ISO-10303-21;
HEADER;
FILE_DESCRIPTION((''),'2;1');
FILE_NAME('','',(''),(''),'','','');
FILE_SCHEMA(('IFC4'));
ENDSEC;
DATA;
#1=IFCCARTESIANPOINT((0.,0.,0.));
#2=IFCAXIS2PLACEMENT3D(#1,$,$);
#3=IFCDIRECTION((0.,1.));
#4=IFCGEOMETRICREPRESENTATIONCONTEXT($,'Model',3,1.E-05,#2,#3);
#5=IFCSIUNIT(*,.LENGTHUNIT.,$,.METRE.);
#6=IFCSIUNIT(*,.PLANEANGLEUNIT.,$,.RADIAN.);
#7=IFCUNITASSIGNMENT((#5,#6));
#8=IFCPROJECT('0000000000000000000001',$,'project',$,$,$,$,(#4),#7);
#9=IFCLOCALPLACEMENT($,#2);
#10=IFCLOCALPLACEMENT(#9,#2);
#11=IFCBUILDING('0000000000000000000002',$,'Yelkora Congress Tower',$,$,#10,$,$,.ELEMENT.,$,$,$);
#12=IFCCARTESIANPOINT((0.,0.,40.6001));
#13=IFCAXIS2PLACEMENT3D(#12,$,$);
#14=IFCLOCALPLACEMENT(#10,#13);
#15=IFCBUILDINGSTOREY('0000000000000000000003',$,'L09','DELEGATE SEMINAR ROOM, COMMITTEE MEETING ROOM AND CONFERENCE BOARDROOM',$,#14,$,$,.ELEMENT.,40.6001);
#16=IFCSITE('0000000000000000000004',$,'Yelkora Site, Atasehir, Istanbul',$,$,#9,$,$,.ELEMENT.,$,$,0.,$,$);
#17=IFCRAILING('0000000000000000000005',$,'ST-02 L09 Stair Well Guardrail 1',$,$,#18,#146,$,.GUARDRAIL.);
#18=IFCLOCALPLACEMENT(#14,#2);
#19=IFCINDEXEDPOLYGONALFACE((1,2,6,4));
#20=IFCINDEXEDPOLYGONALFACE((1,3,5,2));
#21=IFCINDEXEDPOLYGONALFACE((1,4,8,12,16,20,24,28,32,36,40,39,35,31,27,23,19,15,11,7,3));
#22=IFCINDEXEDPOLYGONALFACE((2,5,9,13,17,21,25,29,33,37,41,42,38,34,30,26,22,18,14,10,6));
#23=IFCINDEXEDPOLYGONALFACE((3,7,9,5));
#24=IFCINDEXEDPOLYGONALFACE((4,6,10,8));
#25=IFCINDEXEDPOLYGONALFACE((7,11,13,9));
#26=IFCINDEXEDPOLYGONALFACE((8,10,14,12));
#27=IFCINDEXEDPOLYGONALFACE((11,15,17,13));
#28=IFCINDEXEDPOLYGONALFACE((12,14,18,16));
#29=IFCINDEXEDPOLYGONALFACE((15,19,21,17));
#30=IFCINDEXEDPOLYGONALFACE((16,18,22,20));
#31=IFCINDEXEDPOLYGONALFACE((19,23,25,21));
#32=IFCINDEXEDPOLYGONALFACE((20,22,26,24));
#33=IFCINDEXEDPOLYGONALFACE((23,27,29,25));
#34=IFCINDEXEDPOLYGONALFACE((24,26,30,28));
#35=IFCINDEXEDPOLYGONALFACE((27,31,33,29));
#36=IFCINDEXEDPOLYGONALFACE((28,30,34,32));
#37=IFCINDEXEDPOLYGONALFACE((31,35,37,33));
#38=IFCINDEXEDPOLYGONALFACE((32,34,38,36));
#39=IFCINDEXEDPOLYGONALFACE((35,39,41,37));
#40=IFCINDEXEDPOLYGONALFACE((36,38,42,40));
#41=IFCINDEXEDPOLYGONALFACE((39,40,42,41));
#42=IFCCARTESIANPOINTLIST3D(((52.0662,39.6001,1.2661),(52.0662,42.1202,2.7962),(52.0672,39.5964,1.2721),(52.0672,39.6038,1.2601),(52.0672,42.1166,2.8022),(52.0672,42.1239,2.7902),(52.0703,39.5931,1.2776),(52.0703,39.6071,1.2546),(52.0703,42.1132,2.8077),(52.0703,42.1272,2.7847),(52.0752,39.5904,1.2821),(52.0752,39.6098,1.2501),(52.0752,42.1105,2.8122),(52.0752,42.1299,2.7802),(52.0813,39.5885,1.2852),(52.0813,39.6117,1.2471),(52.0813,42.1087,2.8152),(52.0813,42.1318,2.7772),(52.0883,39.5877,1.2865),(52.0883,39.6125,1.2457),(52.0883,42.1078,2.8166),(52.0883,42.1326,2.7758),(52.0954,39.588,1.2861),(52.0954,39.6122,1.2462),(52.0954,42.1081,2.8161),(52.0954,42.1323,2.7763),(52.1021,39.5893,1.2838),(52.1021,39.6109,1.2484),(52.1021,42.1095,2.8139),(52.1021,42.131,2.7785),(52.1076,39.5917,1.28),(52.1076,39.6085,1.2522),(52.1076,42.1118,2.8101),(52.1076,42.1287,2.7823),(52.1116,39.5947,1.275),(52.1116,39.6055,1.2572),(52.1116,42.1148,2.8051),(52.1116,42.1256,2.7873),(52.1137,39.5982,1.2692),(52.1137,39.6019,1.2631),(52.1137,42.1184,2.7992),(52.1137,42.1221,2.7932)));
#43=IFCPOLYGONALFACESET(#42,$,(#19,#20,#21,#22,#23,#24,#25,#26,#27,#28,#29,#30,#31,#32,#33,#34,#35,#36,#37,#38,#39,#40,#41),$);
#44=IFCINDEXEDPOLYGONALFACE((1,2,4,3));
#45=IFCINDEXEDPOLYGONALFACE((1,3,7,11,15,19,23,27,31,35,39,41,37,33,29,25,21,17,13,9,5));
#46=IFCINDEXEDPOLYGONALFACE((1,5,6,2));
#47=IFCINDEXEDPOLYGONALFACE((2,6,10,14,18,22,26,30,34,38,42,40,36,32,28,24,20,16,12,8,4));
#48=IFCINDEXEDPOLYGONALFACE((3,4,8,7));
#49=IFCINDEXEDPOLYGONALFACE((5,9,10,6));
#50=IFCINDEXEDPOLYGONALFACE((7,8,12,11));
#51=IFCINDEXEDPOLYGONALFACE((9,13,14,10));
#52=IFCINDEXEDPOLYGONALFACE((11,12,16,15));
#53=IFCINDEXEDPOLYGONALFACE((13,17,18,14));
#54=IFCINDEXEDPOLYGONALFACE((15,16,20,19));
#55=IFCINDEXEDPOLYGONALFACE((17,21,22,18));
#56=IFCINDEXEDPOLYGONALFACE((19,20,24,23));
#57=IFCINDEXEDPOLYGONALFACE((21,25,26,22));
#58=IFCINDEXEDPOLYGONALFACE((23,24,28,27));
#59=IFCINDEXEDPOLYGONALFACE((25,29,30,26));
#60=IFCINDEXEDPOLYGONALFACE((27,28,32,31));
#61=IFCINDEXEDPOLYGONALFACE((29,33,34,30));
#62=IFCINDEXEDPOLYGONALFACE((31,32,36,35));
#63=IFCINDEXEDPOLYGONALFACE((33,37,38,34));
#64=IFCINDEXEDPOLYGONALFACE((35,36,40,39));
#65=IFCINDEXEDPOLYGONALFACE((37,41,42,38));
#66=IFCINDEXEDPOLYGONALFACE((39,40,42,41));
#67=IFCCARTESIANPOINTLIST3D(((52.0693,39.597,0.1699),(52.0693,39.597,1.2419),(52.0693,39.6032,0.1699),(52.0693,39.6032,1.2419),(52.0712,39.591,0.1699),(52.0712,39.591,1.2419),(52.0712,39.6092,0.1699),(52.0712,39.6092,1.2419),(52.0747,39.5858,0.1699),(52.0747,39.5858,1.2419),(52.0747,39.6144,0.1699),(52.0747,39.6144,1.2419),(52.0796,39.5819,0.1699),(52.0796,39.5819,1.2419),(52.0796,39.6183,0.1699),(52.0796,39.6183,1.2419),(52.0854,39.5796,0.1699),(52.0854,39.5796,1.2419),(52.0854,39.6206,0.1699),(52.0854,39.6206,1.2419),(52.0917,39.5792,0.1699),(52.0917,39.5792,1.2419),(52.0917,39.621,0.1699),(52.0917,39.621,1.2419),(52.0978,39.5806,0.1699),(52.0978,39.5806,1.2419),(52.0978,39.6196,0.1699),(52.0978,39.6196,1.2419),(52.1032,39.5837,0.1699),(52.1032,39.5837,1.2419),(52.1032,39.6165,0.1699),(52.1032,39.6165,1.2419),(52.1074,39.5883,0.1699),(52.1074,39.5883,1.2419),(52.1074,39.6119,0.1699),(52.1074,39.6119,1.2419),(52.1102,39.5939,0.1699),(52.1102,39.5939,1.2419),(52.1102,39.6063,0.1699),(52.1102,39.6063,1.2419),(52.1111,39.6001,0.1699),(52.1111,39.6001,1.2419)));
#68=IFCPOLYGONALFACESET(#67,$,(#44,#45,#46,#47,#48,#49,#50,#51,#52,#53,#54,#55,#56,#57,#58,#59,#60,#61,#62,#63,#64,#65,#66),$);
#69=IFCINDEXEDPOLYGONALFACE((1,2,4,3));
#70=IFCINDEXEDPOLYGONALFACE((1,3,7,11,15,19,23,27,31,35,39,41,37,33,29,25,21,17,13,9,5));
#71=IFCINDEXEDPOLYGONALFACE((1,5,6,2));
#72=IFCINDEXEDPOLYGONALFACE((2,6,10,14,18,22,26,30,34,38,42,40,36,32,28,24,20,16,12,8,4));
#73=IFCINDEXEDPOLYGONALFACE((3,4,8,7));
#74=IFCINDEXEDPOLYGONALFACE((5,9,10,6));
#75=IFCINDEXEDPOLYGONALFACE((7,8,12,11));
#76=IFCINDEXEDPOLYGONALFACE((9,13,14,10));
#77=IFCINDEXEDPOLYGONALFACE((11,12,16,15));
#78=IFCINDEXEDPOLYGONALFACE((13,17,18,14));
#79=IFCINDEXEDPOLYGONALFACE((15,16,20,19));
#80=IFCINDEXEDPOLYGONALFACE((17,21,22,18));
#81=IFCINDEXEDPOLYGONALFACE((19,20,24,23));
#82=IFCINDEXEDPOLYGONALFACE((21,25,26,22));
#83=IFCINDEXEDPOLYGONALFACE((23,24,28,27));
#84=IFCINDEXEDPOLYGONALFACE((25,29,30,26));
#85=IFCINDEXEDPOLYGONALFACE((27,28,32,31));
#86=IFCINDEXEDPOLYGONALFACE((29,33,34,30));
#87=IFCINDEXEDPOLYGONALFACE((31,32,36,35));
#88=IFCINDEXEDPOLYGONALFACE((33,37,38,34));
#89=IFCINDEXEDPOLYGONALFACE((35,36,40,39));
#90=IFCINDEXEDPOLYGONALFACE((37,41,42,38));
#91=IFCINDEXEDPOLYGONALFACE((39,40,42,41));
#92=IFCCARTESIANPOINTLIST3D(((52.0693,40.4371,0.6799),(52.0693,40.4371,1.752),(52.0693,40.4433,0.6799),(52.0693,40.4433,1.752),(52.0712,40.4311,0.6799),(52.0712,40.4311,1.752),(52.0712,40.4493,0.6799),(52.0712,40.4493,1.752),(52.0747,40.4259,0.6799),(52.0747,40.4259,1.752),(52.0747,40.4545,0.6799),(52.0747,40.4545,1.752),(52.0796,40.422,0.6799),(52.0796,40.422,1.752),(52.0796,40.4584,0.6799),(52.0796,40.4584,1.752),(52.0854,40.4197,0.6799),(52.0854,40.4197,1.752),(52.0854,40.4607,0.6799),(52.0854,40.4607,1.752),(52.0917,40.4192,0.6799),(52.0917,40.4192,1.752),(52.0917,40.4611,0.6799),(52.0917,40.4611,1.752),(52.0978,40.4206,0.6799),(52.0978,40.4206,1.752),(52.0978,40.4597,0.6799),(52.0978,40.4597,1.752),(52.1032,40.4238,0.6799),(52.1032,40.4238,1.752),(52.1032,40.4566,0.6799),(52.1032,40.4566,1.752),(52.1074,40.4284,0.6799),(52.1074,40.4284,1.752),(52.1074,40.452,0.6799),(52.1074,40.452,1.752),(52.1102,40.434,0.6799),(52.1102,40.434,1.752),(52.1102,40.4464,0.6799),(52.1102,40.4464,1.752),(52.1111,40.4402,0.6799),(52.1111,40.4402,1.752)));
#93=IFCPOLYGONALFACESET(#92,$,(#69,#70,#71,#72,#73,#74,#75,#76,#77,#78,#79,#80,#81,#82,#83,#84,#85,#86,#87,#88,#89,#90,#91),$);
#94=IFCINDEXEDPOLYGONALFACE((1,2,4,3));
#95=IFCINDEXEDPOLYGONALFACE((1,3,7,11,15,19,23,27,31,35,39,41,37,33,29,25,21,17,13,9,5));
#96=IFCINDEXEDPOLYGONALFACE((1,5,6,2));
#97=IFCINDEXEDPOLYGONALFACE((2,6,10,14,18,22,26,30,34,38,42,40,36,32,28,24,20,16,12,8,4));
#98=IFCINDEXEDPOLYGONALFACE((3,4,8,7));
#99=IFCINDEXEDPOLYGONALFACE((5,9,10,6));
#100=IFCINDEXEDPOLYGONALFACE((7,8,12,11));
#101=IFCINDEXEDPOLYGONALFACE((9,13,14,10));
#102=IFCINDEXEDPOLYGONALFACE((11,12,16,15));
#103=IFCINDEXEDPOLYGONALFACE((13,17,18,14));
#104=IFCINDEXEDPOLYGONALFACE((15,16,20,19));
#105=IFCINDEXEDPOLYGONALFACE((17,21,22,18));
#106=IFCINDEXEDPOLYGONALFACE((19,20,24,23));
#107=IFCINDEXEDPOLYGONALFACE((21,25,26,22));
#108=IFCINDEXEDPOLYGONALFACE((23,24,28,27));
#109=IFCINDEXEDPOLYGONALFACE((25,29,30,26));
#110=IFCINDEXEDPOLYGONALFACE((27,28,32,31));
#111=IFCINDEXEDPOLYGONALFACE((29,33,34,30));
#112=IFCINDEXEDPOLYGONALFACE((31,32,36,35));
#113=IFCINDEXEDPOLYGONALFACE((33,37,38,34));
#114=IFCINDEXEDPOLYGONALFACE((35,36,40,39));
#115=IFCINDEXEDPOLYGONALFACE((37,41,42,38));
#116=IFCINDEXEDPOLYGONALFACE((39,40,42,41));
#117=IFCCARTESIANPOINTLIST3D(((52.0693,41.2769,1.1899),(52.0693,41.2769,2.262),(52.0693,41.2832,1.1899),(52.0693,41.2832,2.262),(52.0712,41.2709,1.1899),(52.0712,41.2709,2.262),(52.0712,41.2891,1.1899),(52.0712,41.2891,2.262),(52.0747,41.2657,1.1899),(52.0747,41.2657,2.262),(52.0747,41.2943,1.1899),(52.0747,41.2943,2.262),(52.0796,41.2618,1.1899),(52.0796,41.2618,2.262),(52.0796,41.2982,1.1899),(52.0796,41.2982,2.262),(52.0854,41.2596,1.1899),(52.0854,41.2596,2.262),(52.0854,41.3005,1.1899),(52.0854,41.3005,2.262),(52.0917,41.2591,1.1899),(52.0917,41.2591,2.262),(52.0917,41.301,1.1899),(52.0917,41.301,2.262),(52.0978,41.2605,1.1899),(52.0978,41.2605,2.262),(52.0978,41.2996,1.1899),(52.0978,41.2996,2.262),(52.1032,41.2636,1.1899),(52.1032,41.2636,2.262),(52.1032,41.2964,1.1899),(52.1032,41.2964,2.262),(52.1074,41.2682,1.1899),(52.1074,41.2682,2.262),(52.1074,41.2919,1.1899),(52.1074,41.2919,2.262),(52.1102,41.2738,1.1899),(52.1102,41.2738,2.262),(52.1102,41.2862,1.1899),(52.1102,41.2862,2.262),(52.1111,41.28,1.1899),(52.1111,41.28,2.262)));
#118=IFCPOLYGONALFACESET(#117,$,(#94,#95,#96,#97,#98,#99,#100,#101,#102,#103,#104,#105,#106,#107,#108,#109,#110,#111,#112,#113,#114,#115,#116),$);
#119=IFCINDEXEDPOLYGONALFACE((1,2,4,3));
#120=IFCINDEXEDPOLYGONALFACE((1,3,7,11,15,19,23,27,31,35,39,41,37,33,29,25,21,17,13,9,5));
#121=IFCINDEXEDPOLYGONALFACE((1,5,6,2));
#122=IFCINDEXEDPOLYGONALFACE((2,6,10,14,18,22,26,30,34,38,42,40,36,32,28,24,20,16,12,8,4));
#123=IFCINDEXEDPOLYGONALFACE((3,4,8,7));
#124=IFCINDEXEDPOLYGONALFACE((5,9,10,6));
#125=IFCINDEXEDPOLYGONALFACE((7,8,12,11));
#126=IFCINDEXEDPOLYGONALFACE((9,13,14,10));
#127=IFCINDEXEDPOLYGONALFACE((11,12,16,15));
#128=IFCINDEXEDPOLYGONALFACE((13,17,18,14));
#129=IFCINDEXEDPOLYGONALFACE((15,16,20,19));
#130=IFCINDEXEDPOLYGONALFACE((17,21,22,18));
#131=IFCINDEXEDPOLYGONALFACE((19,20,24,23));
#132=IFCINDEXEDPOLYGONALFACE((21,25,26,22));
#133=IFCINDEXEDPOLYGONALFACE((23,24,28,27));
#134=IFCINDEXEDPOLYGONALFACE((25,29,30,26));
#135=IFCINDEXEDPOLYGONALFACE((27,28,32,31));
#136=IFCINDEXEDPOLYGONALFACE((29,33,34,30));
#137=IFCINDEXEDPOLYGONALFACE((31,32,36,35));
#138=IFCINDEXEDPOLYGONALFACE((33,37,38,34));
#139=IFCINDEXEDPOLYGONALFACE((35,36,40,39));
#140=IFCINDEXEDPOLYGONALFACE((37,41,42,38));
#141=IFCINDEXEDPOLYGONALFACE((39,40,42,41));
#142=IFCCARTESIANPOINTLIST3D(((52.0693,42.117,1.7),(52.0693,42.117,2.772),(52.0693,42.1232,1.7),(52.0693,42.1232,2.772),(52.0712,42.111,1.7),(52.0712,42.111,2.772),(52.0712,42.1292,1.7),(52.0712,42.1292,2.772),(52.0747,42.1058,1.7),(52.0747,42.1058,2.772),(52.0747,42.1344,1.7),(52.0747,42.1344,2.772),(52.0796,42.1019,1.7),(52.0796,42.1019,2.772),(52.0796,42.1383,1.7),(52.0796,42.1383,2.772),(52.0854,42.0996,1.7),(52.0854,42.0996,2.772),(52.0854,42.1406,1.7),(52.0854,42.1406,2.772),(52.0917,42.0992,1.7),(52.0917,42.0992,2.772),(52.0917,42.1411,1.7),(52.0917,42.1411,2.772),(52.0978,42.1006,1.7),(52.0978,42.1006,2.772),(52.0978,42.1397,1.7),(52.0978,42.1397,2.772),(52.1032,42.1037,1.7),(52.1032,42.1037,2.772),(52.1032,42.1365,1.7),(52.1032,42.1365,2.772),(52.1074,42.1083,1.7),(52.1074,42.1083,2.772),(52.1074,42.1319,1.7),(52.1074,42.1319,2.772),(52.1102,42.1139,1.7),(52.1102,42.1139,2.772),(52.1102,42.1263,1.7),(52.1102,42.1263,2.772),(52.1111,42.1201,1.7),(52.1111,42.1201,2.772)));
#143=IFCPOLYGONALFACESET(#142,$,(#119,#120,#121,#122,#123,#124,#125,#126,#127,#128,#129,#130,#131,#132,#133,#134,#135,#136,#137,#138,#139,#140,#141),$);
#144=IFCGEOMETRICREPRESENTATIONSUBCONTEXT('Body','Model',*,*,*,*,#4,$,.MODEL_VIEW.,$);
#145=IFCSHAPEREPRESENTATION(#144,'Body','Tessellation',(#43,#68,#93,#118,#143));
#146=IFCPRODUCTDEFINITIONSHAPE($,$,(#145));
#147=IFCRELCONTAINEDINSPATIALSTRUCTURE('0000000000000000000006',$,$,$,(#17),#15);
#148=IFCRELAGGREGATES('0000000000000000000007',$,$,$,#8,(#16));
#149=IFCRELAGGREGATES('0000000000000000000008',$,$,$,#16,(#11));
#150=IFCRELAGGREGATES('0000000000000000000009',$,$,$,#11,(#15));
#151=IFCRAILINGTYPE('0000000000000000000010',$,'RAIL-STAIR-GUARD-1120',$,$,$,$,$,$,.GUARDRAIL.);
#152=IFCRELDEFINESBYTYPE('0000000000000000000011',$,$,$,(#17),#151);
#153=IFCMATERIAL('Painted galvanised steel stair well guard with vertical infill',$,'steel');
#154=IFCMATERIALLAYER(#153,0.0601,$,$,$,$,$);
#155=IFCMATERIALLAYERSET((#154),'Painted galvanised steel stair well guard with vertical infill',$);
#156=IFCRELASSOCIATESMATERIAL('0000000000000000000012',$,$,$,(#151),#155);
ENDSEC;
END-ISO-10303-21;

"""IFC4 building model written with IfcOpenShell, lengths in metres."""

from ifc_helpers import new_model, si_unit, direction, frame, origin, origin_2d, place, context, subcontext, project, spatial, circle, extrude, material, layer, layer_set, type_object, element, save


model = new_model("IFC4")

# Units and contexts
model_context = context("Model", 3, precision=1e-05, world=origin(), true_north=direction((0.0, 1.0)))
body_context = subcontext(model_context, "Body", "Model", "MODEL_VIEW")
ifc_project = project(units=[si_unit("LENGTHUNIT", "METRE"), si_unit("PLANEANGLEUNIT", "RADIAN")], contexts=[model_context])

# Site, building, storey
site_placement = place(None, origin())
site = spatial("IfcSite", under=ifc_project, at=site_placement, Name="Yelkora Site, Atasehir, Istanbul", CompositionType="ELEMENT", RefElevation=0.0)
building_placement = place(site_placement, origin())
building = spatial("IfcBuilding", under=site, at=building_placement, Name="Yelkora Congress Tower", CompositionType="ELEMENT")
storey_placement = place(building_placement, frame((0.0, 0.0, 40.6001)))
storey = spatial("IfcBuildingStorey", under=building, at=storey_placement, Name="L09", Description="DELEGATE SEMINAR ROOM, COMMITTEE MEETING ROOM AND CONFERENCE BOARDROOM", CompositionType="ELEMENT", Elevation=40.6001)

# Railing
ifc_material_1 = material(Name="Painted galvanised steel stair well guard with vertical infill", Category="steel")
ifc_layer_1 = layer(ifc_material_1, 0.0601)
ifc_layer_set_1 = layer_set([ifc_layer_1], Name="Painted galvanised steel stair well guard with vertical infill")
railing_type_1 = type_object("IfcRailingType", Name="RAIL-STAIR-GUARD-1120", PredefinedType="GUARDRAIL", material=ifc_layer_set_1)
railing_1_placement = place(storey_placement, frame((52.0901, 39.6001, 0.1699)))
element("IfcRailing", 1, at=railing_1_placement, inside=storey, type_object=railing_type_1, Name="ST-02 L09 Stair Well Guardrail 1", PredefinedType="GUARDRAIL", context=body_context, shape_type="SweptSolid", body=[
    extrude(circle(Radius=0.0239, at=origin_2d()), frame((0.0, 0.0, 1.0962), z_axis=(0.0, 0.854785, 0.518982), x_axis=(-1.0, 0.0, 0.0)), (0.0, 0.0, 1.0), 2.9482),
    extrude(circle(Radius=0.021, at=origin_2d()), origin(), (0.0, 0.0, 1.0), 1.072),
    extrude(circle(Radius=0.021, at=origin_2d()), frame((0.0, 0.8401, 0.51)), (0.0, 0.0, 1.0), 1.072),
    extrude(circle(Radius=0.021, at=origin_2d()), frame((0.0, 1.6799, 1.02)), (0.0, 0.0, 1.0), 1.072),
    extrude(circle(Radius=0.021, at=origin_2d()), frame((0.0, 2.52, 1.53)), (0.0, 0.0, 1.0), 1.072),
])

save(model, "model.ifc")
